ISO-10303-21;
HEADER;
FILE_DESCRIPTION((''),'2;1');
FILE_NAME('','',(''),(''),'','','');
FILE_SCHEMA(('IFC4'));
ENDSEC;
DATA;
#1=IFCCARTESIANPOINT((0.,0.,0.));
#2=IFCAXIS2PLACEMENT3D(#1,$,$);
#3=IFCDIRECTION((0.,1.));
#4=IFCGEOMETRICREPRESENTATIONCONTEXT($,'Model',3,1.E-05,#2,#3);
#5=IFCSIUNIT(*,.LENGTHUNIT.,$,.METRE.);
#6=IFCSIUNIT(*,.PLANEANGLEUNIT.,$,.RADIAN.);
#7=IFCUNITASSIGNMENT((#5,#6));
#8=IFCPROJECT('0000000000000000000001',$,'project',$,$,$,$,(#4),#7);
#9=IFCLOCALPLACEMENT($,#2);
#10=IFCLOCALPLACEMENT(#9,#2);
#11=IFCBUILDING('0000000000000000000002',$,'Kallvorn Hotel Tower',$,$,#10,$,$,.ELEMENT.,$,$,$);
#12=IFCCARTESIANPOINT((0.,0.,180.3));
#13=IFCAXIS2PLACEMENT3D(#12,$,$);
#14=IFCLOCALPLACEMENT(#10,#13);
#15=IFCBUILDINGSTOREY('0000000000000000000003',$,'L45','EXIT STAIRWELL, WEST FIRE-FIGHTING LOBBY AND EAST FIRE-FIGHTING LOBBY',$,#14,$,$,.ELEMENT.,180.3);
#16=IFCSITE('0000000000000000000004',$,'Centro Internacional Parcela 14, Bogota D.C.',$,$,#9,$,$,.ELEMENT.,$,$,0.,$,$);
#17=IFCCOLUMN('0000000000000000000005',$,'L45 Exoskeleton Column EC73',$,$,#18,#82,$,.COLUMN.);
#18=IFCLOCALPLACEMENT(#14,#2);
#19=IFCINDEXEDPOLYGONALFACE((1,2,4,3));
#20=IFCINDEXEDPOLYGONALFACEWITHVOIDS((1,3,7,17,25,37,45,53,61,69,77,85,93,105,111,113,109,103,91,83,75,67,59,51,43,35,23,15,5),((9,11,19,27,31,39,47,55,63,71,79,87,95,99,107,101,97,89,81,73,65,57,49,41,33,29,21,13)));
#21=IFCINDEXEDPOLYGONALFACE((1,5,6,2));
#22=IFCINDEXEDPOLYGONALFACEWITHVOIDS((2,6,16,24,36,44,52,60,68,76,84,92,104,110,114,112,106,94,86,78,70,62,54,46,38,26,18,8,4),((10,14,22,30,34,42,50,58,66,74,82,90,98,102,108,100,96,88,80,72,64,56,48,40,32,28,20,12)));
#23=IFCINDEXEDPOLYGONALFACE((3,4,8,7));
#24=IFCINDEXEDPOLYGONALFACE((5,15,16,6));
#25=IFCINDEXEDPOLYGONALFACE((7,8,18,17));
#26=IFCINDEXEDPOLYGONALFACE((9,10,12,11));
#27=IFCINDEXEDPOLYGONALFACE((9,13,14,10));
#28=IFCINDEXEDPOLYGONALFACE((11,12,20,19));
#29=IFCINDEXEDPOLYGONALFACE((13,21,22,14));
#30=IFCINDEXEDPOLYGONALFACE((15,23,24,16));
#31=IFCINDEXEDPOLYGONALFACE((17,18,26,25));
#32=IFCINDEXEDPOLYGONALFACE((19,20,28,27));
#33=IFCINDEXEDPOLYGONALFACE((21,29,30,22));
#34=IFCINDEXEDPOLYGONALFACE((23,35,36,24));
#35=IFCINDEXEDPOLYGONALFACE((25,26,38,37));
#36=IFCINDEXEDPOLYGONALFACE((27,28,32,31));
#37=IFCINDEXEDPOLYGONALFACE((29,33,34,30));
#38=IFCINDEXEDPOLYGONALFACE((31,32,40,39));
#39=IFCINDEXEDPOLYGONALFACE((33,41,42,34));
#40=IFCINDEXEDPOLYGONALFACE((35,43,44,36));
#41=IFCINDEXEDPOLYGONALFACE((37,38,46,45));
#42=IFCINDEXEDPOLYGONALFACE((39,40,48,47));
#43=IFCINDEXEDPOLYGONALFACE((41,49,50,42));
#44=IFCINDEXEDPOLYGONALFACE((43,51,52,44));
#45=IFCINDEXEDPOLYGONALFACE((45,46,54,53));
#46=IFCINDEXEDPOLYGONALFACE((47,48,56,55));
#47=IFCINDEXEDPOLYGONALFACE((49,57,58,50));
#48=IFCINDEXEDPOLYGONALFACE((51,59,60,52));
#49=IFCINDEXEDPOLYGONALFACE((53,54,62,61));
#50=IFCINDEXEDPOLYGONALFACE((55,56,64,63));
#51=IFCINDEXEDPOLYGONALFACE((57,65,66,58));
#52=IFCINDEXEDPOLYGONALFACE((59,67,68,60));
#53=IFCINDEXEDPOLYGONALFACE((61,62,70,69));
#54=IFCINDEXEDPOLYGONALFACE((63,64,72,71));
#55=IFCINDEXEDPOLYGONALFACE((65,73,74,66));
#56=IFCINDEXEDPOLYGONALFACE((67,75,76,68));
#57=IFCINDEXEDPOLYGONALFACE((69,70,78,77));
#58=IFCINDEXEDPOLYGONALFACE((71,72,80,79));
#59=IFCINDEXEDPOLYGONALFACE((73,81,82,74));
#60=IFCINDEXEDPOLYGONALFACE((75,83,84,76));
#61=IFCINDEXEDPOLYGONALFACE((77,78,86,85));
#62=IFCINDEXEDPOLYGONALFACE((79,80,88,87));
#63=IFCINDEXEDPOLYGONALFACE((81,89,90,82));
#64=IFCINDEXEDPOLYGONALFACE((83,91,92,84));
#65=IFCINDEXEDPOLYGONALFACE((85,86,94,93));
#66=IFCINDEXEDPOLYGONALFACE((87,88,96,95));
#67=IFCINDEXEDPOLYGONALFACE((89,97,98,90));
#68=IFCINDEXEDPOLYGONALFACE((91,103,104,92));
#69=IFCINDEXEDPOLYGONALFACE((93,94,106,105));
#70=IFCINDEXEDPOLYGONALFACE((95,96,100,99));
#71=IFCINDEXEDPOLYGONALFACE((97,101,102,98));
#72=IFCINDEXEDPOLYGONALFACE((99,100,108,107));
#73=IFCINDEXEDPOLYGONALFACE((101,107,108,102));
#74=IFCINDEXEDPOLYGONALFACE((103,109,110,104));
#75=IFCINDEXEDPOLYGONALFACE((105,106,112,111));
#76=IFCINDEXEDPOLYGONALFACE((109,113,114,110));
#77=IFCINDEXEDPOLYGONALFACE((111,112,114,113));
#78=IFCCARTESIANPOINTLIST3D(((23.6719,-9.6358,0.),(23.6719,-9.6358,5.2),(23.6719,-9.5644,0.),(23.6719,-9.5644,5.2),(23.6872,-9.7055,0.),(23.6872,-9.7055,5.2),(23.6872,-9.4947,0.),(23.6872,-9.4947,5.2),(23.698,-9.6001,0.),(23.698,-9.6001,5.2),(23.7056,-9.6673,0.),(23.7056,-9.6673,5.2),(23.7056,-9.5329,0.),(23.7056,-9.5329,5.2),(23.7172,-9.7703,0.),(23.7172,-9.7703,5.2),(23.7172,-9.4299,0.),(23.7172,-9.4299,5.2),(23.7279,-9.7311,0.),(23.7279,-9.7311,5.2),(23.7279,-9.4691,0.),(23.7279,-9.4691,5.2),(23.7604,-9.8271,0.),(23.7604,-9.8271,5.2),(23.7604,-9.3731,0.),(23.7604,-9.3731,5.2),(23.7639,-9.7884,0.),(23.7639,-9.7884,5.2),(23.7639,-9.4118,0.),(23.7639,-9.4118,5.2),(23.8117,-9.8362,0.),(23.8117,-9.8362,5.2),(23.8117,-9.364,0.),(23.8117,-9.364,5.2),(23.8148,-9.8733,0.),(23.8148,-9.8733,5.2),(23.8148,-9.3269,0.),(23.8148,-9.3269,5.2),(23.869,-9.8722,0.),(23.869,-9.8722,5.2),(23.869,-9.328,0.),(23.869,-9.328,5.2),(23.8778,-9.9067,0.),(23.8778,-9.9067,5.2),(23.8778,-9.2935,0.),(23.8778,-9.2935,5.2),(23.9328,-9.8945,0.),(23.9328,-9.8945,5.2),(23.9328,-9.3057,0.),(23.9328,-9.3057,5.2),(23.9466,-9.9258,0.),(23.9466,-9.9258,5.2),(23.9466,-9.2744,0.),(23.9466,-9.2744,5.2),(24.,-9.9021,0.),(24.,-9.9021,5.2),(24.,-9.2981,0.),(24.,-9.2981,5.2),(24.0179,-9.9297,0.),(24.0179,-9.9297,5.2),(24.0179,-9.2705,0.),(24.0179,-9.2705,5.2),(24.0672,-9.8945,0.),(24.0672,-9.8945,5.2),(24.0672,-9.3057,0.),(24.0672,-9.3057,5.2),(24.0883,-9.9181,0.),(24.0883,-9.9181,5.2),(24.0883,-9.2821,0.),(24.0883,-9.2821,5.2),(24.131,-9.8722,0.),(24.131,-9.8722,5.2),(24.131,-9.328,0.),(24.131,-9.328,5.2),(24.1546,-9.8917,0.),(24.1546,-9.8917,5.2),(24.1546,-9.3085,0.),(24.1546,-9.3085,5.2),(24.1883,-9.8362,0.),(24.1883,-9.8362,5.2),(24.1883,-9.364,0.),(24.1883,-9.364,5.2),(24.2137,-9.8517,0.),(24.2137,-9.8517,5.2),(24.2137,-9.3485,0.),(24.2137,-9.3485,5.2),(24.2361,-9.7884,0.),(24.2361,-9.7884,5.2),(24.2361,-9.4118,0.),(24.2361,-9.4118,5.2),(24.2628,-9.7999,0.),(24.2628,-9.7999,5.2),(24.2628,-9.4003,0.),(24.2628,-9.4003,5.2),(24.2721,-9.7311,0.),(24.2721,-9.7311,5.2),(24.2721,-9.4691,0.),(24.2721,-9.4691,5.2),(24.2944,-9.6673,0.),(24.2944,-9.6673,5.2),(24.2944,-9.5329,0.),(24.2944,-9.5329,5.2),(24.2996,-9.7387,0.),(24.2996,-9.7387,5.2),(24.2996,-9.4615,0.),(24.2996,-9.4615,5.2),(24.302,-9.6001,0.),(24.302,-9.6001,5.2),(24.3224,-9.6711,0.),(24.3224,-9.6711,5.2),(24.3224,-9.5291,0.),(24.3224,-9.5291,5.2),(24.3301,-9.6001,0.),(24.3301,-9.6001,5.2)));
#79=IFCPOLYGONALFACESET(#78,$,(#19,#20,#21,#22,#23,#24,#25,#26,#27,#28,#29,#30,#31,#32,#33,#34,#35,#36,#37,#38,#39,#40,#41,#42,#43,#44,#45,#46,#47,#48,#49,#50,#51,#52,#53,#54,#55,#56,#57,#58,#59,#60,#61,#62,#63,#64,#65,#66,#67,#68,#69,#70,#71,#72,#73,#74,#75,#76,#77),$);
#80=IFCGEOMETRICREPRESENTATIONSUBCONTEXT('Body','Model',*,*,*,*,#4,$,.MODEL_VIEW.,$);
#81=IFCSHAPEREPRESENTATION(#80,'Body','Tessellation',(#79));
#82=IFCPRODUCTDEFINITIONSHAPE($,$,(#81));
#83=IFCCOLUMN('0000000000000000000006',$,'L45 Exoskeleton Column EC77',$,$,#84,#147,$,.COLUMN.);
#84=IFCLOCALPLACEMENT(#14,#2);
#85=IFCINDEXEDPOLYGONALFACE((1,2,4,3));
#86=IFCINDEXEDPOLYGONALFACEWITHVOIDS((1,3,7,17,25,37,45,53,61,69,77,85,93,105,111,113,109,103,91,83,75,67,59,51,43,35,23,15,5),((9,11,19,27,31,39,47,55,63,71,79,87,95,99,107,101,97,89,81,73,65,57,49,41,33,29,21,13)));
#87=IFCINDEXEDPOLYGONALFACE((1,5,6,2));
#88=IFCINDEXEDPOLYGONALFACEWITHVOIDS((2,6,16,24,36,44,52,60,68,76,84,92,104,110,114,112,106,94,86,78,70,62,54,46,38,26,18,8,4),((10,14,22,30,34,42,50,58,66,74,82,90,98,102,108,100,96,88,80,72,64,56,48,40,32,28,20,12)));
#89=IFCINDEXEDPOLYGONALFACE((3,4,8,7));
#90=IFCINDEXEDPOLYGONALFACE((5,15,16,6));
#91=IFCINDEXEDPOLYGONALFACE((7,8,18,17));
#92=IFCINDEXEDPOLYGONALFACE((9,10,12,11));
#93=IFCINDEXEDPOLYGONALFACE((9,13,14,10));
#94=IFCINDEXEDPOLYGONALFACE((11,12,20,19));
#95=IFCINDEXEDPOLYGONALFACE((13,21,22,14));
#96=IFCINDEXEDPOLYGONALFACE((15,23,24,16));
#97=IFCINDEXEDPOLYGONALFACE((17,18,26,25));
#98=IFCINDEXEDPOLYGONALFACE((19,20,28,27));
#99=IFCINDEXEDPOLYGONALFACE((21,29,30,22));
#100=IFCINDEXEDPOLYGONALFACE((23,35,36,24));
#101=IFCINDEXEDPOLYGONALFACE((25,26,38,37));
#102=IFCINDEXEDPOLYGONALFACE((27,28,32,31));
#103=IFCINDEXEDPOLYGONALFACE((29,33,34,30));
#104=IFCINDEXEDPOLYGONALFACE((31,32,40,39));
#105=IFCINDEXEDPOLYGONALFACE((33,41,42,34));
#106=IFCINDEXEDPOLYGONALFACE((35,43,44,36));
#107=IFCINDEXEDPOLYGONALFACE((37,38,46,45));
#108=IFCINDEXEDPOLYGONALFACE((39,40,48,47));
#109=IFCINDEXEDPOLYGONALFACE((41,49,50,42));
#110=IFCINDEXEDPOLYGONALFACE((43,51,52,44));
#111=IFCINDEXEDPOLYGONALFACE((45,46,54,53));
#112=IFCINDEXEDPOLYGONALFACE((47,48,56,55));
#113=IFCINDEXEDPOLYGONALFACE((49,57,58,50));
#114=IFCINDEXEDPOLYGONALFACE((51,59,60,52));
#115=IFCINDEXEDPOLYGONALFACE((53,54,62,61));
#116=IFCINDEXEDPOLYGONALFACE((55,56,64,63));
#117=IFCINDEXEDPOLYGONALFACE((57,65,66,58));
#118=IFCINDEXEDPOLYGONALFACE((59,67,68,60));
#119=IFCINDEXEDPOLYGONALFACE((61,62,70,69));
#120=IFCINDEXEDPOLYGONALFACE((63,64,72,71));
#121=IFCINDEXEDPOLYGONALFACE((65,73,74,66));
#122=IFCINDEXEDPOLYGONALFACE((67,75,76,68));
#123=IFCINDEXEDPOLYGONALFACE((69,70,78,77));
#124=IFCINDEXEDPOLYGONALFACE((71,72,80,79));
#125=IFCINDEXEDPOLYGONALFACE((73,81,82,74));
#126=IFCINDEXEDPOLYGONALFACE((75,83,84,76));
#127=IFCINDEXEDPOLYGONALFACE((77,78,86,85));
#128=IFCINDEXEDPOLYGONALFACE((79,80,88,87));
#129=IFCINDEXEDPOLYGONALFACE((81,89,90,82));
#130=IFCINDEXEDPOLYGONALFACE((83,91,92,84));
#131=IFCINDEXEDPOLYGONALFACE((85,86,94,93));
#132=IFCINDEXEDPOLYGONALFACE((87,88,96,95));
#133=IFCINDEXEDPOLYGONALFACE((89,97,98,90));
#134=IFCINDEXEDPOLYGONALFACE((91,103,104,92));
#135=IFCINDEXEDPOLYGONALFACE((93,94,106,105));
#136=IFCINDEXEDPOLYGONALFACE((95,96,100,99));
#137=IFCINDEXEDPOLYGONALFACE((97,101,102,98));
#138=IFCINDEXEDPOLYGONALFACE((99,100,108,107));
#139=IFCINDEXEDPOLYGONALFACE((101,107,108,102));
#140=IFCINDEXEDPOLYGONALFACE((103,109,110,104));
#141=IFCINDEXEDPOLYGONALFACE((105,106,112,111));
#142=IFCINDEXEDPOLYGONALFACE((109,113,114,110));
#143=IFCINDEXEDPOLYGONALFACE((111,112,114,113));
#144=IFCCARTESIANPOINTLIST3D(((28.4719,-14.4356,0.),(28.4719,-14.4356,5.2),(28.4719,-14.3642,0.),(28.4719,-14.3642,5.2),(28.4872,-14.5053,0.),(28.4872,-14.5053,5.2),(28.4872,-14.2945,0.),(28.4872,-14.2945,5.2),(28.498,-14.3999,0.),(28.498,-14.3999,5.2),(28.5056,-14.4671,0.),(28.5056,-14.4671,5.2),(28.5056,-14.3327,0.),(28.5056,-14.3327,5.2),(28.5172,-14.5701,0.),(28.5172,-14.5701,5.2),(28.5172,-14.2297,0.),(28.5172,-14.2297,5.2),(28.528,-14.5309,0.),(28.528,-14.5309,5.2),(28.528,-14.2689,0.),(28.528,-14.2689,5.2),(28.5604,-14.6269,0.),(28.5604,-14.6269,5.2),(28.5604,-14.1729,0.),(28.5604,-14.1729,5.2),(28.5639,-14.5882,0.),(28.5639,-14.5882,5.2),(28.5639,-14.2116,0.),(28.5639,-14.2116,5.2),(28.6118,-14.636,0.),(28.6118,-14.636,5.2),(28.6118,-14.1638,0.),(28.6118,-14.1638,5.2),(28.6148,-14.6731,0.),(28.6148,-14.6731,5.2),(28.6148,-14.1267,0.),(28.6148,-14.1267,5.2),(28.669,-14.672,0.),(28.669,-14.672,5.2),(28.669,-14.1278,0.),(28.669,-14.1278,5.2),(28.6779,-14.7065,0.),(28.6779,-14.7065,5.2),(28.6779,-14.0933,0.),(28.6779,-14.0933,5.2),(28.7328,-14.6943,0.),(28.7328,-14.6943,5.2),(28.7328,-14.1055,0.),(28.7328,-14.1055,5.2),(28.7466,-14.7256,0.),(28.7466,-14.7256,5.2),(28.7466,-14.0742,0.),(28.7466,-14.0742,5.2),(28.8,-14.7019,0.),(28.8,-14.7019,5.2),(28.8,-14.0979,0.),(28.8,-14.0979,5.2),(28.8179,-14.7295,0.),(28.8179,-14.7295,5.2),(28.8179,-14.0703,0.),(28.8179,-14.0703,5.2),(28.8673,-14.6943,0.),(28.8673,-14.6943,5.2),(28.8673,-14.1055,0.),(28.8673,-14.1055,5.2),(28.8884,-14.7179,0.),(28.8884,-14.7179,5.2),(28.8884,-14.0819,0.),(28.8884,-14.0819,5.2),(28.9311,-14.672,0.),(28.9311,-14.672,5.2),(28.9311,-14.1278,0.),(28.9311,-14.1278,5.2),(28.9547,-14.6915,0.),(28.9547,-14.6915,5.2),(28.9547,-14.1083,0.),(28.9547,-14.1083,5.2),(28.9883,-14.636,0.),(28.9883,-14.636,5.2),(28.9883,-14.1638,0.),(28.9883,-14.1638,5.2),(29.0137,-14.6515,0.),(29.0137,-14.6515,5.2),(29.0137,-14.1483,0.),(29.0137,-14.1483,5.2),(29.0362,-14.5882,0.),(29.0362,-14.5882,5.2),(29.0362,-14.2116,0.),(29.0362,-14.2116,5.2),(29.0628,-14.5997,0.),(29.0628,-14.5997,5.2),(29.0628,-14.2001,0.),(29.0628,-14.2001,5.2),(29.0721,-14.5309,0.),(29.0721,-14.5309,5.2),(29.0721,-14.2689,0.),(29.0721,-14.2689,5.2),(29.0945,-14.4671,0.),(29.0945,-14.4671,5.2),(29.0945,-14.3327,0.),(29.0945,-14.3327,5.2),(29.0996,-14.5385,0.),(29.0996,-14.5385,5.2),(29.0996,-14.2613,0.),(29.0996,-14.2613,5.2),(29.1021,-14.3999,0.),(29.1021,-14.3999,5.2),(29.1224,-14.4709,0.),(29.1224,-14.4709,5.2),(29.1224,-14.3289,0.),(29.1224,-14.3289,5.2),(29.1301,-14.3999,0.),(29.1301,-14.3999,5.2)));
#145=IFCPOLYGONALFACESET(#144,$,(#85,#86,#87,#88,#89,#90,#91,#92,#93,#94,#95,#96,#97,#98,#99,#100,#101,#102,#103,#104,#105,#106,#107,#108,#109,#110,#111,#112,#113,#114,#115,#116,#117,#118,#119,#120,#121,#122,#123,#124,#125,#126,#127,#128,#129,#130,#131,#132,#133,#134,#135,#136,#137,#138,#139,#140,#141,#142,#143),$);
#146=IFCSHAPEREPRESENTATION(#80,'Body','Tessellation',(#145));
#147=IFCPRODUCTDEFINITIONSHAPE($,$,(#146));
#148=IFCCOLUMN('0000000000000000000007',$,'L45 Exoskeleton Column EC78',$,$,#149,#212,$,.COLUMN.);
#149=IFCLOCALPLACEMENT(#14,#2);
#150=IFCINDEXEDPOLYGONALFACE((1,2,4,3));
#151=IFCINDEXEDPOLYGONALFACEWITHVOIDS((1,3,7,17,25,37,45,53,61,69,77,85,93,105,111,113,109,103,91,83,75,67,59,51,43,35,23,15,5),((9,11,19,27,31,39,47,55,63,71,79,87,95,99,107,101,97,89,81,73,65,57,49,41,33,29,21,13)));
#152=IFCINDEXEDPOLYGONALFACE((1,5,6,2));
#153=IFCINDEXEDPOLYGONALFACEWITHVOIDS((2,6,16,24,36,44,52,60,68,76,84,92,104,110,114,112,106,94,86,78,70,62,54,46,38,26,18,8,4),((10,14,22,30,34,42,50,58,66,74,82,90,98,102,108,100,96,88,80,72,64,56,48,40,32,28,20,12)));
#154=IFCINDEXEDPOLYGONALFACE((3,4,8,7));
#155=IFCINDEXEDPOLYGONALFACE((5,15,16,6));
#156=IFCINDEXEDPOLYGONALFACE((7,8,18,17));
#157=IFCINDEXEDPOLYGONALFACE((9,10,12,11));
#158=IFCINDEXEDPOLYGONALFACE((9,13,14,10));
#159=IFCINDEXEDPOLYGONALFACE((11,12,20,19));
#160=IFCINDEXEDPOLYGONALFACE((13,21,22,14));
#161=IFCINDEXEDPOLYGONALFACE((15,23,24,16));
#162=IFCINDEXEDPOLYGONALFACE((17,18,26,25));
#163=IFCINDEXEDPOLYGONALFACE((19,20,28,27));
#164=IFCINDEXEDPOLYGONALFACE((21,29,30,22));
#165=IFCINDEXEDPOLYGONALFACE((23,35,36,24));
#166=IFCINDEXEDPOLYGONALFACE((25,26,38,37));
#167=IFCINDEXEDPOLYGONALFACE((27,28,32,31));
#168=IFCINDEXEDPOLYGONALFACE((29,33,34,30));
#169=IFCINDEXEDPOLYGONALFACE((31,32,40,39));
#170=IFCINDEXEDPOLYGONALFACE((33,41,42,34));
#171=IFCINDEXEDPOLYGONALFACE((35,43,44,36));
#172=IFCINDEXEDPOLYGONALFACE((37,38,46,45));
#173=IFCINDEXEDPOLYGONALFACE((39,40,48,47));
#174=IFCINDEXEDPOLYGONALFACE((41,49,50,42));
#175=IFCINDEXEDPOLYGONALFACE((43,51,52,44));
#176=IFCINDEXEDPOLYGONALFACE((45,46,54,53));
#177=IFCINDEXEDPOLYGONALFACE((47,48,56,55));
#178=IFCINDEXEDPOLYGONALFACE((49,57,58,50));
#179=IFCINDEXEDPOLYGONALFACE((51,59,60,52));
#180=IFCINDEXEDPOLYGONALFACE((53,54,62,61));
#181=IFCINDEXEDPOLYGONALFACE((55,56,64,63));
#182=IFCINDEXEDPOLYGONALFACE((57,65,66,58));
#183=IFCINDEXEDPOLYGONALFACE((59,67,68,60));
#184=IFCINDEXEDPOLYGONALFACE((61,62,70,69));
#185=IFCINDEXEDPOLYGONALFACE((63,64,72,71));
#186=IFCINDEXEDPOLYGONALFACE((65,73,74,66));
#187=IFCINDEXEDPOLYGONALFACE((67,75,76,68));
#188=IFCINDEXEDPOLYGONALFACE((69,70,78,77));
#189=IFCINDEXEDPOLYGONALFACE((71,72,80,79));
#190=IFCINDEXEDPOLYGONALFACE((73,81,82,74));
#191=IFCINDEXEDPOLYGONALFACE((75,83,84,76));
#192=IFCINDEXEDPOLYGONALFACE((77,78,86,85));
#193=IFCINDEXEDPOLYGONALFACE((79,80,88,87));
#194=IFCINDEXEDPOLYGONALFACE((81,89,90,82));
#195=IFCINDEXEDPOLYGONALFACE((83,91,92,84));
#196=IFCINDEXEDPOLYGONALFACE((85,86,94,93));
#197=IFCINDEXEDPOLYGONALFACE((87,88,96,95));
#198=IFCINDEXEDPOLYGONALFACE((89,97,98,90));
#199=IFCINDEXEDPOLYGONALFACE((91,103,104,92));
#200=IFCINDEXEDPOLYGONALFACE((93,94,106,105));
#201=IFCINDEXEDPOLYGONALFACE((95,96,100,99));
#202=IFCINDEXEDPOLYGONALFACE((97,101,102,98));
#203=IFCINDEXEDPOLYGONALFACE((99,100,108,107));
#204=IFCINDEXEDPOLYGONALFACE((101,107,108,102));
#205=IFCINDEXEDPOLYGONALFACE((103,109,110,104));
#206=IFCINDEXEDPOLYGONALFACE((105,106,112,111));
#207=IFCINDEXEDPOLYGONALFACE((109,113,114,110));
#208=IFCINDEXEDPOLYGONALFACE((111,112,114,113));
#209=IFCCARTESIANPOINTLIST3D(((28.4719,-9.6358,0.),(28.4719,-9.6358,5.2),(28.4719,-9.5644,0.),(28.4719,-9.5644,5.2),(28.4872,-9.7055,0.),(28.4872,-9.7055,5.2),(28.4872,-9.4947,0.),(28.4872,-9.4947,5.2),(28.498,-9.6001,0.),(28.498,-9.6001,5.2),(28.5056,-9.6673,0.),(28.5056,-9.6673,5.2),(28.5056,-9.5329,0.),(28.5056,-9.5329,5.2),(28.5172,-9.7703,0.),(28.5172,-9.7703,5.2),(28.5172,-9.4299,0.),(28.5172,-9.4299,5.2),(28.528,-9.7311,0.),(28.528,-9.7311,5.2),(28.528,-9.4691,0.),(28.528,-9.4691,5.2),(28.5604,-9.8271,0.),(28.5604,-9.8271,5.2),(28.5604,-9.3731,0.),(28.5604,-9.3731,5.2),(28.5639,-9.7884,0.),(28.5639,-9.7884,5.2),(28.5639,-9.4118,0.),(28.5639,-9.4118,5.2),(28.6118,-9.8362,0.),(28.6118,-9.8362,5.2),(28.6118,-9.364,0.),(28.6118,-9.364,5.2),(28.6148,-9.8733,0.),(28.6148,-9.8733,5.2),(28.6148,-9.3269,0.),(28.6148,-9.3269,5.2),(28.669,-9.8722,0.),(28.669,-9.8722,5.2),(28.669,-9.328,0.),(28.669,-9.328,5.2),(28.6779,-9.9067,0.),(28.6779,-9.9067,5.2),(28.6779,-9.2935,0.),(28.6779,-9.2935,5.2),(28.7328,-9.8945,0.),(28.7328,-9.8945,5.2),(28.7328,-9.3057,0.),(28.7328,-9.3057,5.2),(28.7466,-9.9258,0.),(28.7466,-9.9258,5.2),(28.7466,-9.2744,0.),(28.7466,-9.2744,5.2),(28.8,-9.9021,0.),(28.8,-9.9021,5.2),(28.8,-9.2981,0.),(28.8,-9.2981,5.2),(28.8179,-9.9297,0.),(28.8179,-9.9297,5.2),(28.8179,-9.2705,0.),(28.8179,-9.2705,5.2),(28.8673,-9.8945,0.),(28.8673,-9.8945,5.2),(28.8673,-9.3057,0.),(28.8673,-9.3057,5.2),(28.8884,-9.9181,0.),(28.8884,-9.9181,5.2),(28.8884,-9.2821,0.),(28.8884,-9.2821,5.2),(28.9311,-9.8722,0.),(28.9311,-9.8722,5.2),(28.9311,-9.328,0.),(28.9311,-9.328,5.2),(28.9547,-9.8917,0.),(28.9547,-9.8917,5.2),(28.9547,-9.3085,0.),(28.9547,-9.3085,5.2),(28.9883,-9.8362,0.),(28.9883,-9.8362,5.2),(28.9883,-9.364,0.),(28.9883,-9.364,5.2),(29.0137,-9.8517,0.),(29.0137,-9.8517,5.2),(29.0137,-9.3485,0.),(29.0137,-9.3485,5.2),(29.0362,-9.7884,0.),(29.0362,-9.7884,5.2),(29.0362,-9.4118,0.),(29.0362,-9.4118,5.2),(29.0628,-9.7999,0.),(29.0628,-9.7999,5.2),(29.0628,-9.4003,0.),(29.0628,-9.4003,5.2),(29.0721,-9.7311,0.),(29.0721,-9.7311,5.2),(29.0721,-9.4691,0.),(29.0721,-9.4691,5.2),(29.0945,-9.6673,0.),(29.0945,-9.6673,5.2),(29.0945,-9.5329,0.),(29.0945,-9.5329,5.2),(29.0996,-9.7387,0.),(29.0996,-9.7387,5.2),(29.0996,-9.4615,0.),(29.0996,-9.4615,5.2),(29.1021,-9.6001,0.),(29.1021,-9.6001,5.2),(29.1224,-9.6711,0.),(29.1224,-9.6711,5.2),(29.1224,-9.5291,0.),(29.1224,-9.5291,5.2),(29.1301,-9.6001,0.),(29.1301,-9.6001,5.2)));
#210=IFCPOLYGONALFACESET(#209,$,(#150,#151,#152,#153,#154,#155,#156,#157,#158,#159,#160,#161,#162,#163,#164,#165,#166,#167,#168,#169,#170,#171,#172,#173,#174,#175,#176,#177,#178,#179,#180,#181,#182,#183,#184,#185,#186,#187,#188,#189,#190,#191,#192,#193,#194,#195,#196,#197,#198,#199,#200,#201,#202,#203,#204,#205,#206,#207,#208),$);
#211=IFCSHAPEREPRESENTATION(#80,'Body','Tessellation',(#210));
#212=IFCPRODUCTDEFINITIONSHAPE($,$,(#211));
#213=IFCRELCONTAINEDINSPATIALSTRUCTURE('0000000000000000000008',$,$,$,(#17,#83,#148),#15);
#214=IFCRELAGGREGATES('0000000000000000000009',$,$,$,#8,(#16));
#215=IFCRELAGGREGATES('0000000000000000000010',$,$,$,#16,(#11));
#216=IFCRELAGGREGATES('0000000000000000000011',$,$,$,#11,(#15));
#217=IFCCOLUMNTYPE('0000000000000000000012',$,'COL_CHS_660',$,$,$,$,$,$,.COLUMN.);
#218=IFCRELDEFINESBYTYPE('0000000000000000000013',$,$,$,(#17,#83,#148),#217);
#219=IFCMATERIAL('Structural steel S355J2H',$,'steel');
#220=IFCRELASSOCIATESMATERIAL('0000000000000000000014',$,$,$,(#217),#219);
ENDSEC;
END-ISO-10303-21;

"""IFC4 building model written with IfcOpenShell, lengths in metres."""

from ifc_helpers import new_model, si_unit, direction, frame, origin, origin_2d, place, context, subcontext, project, spatial, hollow_circle, extrude, material, material_profile, profile_set, type_object, element, save


model = new_model("IFC4")

# Units and contexts
model_context = context("Model", 3, precision=1e-05, world=origin(), true_north=direction((0.0, 1.0)))
body_context = subcontext(model_context, "Body", "Model", "MODEL_VIEW")
ifc_project = project(units=[si_unit("LENGTHUNIT", "METRE"), si_unit("PLANEANGLEUNIT", "RADIAN")], contexts=[model_context])

# Site, building, storey
site_placement = place(None, origin())
site = spatial("IfcSite", under=ifc_project, at=site_placement, Name="Centro Internacional Parcela 14, Bogota D.C.", CompositionType="ELEMENT", RefElevation=0.0)
building_placement = place(site_placement, origin())
building = spatial("IfcBuilding", under=site, at=building_placement, Name="Kallvorn Hotel Tower", CompositionType="ELEMENT")
storey_placement = place(building_placement, frame((0.0, 0.0, 180.3)))
storey = spatial("IfcBuildingStorey", under=building, at=storey_placement, Name="L45", Description="EXIT STAIRWELL, WEST FIRE-FIGHTING LOBBY AND EAST FIRE-FIGHTING LOBBY", CompositionType="ELEMENT", Elevation=180.3)

# Columns
ifc_material_1 = material(Name="Structural steel S355J2H", Category="steel")
ifc_material_profile_1 = material_profile(ifc_material_1, hollow_circle(Radius=0.3301, WallThickness=0.0281, at=origin_2d()), Name="CHS 660x28")
ifc_profile_set_1 = profile_set([ifc_material_profile_1], Name="Structural steel S355J2H")
column_type_1 = type_object("IfcColumnType", Name="COL_CHS_660", PredefinedType="COLUMN", material=ifc_profile_set_1)
for number, where, z_axis, x_axis, name in (
    (1, (24.0, -9.6001, 0.0), (0.0, 0.0, 1.0), (1.0, 0.0, 0.0), "L45 Exoskeleton Column EC73"),
    (2, (28.8, -14.3999, 0.0), (0.0, 0.0, 1.0), (1.0, 0.0, 0.0), "L45 Exoskeleton Column EC77"),
    (3, (28.8, -9.6001, 0.0), (0.0, 0.0, 1.0), (1.0, 0.0, 0.0), "L45 Exoskeleton Column EC78"),
):
    element("IfcColumn", number, at=place(storey_placement, frame(where, z_axis=z_axis, x_axis=x_axis)), inside=storey, type_object=column_type_1, Name=name, PredefinedType="COLUMN", context=body_context, shape_type="SweptSolid", body=[
        extrude(hollow_circle(Radius=0.3301, WallThickness=0.0281, at=origin_2d()), origin(), (0.0, 0.0, 1.0), 5.2),
    ])

save(model, "model.ifc")
